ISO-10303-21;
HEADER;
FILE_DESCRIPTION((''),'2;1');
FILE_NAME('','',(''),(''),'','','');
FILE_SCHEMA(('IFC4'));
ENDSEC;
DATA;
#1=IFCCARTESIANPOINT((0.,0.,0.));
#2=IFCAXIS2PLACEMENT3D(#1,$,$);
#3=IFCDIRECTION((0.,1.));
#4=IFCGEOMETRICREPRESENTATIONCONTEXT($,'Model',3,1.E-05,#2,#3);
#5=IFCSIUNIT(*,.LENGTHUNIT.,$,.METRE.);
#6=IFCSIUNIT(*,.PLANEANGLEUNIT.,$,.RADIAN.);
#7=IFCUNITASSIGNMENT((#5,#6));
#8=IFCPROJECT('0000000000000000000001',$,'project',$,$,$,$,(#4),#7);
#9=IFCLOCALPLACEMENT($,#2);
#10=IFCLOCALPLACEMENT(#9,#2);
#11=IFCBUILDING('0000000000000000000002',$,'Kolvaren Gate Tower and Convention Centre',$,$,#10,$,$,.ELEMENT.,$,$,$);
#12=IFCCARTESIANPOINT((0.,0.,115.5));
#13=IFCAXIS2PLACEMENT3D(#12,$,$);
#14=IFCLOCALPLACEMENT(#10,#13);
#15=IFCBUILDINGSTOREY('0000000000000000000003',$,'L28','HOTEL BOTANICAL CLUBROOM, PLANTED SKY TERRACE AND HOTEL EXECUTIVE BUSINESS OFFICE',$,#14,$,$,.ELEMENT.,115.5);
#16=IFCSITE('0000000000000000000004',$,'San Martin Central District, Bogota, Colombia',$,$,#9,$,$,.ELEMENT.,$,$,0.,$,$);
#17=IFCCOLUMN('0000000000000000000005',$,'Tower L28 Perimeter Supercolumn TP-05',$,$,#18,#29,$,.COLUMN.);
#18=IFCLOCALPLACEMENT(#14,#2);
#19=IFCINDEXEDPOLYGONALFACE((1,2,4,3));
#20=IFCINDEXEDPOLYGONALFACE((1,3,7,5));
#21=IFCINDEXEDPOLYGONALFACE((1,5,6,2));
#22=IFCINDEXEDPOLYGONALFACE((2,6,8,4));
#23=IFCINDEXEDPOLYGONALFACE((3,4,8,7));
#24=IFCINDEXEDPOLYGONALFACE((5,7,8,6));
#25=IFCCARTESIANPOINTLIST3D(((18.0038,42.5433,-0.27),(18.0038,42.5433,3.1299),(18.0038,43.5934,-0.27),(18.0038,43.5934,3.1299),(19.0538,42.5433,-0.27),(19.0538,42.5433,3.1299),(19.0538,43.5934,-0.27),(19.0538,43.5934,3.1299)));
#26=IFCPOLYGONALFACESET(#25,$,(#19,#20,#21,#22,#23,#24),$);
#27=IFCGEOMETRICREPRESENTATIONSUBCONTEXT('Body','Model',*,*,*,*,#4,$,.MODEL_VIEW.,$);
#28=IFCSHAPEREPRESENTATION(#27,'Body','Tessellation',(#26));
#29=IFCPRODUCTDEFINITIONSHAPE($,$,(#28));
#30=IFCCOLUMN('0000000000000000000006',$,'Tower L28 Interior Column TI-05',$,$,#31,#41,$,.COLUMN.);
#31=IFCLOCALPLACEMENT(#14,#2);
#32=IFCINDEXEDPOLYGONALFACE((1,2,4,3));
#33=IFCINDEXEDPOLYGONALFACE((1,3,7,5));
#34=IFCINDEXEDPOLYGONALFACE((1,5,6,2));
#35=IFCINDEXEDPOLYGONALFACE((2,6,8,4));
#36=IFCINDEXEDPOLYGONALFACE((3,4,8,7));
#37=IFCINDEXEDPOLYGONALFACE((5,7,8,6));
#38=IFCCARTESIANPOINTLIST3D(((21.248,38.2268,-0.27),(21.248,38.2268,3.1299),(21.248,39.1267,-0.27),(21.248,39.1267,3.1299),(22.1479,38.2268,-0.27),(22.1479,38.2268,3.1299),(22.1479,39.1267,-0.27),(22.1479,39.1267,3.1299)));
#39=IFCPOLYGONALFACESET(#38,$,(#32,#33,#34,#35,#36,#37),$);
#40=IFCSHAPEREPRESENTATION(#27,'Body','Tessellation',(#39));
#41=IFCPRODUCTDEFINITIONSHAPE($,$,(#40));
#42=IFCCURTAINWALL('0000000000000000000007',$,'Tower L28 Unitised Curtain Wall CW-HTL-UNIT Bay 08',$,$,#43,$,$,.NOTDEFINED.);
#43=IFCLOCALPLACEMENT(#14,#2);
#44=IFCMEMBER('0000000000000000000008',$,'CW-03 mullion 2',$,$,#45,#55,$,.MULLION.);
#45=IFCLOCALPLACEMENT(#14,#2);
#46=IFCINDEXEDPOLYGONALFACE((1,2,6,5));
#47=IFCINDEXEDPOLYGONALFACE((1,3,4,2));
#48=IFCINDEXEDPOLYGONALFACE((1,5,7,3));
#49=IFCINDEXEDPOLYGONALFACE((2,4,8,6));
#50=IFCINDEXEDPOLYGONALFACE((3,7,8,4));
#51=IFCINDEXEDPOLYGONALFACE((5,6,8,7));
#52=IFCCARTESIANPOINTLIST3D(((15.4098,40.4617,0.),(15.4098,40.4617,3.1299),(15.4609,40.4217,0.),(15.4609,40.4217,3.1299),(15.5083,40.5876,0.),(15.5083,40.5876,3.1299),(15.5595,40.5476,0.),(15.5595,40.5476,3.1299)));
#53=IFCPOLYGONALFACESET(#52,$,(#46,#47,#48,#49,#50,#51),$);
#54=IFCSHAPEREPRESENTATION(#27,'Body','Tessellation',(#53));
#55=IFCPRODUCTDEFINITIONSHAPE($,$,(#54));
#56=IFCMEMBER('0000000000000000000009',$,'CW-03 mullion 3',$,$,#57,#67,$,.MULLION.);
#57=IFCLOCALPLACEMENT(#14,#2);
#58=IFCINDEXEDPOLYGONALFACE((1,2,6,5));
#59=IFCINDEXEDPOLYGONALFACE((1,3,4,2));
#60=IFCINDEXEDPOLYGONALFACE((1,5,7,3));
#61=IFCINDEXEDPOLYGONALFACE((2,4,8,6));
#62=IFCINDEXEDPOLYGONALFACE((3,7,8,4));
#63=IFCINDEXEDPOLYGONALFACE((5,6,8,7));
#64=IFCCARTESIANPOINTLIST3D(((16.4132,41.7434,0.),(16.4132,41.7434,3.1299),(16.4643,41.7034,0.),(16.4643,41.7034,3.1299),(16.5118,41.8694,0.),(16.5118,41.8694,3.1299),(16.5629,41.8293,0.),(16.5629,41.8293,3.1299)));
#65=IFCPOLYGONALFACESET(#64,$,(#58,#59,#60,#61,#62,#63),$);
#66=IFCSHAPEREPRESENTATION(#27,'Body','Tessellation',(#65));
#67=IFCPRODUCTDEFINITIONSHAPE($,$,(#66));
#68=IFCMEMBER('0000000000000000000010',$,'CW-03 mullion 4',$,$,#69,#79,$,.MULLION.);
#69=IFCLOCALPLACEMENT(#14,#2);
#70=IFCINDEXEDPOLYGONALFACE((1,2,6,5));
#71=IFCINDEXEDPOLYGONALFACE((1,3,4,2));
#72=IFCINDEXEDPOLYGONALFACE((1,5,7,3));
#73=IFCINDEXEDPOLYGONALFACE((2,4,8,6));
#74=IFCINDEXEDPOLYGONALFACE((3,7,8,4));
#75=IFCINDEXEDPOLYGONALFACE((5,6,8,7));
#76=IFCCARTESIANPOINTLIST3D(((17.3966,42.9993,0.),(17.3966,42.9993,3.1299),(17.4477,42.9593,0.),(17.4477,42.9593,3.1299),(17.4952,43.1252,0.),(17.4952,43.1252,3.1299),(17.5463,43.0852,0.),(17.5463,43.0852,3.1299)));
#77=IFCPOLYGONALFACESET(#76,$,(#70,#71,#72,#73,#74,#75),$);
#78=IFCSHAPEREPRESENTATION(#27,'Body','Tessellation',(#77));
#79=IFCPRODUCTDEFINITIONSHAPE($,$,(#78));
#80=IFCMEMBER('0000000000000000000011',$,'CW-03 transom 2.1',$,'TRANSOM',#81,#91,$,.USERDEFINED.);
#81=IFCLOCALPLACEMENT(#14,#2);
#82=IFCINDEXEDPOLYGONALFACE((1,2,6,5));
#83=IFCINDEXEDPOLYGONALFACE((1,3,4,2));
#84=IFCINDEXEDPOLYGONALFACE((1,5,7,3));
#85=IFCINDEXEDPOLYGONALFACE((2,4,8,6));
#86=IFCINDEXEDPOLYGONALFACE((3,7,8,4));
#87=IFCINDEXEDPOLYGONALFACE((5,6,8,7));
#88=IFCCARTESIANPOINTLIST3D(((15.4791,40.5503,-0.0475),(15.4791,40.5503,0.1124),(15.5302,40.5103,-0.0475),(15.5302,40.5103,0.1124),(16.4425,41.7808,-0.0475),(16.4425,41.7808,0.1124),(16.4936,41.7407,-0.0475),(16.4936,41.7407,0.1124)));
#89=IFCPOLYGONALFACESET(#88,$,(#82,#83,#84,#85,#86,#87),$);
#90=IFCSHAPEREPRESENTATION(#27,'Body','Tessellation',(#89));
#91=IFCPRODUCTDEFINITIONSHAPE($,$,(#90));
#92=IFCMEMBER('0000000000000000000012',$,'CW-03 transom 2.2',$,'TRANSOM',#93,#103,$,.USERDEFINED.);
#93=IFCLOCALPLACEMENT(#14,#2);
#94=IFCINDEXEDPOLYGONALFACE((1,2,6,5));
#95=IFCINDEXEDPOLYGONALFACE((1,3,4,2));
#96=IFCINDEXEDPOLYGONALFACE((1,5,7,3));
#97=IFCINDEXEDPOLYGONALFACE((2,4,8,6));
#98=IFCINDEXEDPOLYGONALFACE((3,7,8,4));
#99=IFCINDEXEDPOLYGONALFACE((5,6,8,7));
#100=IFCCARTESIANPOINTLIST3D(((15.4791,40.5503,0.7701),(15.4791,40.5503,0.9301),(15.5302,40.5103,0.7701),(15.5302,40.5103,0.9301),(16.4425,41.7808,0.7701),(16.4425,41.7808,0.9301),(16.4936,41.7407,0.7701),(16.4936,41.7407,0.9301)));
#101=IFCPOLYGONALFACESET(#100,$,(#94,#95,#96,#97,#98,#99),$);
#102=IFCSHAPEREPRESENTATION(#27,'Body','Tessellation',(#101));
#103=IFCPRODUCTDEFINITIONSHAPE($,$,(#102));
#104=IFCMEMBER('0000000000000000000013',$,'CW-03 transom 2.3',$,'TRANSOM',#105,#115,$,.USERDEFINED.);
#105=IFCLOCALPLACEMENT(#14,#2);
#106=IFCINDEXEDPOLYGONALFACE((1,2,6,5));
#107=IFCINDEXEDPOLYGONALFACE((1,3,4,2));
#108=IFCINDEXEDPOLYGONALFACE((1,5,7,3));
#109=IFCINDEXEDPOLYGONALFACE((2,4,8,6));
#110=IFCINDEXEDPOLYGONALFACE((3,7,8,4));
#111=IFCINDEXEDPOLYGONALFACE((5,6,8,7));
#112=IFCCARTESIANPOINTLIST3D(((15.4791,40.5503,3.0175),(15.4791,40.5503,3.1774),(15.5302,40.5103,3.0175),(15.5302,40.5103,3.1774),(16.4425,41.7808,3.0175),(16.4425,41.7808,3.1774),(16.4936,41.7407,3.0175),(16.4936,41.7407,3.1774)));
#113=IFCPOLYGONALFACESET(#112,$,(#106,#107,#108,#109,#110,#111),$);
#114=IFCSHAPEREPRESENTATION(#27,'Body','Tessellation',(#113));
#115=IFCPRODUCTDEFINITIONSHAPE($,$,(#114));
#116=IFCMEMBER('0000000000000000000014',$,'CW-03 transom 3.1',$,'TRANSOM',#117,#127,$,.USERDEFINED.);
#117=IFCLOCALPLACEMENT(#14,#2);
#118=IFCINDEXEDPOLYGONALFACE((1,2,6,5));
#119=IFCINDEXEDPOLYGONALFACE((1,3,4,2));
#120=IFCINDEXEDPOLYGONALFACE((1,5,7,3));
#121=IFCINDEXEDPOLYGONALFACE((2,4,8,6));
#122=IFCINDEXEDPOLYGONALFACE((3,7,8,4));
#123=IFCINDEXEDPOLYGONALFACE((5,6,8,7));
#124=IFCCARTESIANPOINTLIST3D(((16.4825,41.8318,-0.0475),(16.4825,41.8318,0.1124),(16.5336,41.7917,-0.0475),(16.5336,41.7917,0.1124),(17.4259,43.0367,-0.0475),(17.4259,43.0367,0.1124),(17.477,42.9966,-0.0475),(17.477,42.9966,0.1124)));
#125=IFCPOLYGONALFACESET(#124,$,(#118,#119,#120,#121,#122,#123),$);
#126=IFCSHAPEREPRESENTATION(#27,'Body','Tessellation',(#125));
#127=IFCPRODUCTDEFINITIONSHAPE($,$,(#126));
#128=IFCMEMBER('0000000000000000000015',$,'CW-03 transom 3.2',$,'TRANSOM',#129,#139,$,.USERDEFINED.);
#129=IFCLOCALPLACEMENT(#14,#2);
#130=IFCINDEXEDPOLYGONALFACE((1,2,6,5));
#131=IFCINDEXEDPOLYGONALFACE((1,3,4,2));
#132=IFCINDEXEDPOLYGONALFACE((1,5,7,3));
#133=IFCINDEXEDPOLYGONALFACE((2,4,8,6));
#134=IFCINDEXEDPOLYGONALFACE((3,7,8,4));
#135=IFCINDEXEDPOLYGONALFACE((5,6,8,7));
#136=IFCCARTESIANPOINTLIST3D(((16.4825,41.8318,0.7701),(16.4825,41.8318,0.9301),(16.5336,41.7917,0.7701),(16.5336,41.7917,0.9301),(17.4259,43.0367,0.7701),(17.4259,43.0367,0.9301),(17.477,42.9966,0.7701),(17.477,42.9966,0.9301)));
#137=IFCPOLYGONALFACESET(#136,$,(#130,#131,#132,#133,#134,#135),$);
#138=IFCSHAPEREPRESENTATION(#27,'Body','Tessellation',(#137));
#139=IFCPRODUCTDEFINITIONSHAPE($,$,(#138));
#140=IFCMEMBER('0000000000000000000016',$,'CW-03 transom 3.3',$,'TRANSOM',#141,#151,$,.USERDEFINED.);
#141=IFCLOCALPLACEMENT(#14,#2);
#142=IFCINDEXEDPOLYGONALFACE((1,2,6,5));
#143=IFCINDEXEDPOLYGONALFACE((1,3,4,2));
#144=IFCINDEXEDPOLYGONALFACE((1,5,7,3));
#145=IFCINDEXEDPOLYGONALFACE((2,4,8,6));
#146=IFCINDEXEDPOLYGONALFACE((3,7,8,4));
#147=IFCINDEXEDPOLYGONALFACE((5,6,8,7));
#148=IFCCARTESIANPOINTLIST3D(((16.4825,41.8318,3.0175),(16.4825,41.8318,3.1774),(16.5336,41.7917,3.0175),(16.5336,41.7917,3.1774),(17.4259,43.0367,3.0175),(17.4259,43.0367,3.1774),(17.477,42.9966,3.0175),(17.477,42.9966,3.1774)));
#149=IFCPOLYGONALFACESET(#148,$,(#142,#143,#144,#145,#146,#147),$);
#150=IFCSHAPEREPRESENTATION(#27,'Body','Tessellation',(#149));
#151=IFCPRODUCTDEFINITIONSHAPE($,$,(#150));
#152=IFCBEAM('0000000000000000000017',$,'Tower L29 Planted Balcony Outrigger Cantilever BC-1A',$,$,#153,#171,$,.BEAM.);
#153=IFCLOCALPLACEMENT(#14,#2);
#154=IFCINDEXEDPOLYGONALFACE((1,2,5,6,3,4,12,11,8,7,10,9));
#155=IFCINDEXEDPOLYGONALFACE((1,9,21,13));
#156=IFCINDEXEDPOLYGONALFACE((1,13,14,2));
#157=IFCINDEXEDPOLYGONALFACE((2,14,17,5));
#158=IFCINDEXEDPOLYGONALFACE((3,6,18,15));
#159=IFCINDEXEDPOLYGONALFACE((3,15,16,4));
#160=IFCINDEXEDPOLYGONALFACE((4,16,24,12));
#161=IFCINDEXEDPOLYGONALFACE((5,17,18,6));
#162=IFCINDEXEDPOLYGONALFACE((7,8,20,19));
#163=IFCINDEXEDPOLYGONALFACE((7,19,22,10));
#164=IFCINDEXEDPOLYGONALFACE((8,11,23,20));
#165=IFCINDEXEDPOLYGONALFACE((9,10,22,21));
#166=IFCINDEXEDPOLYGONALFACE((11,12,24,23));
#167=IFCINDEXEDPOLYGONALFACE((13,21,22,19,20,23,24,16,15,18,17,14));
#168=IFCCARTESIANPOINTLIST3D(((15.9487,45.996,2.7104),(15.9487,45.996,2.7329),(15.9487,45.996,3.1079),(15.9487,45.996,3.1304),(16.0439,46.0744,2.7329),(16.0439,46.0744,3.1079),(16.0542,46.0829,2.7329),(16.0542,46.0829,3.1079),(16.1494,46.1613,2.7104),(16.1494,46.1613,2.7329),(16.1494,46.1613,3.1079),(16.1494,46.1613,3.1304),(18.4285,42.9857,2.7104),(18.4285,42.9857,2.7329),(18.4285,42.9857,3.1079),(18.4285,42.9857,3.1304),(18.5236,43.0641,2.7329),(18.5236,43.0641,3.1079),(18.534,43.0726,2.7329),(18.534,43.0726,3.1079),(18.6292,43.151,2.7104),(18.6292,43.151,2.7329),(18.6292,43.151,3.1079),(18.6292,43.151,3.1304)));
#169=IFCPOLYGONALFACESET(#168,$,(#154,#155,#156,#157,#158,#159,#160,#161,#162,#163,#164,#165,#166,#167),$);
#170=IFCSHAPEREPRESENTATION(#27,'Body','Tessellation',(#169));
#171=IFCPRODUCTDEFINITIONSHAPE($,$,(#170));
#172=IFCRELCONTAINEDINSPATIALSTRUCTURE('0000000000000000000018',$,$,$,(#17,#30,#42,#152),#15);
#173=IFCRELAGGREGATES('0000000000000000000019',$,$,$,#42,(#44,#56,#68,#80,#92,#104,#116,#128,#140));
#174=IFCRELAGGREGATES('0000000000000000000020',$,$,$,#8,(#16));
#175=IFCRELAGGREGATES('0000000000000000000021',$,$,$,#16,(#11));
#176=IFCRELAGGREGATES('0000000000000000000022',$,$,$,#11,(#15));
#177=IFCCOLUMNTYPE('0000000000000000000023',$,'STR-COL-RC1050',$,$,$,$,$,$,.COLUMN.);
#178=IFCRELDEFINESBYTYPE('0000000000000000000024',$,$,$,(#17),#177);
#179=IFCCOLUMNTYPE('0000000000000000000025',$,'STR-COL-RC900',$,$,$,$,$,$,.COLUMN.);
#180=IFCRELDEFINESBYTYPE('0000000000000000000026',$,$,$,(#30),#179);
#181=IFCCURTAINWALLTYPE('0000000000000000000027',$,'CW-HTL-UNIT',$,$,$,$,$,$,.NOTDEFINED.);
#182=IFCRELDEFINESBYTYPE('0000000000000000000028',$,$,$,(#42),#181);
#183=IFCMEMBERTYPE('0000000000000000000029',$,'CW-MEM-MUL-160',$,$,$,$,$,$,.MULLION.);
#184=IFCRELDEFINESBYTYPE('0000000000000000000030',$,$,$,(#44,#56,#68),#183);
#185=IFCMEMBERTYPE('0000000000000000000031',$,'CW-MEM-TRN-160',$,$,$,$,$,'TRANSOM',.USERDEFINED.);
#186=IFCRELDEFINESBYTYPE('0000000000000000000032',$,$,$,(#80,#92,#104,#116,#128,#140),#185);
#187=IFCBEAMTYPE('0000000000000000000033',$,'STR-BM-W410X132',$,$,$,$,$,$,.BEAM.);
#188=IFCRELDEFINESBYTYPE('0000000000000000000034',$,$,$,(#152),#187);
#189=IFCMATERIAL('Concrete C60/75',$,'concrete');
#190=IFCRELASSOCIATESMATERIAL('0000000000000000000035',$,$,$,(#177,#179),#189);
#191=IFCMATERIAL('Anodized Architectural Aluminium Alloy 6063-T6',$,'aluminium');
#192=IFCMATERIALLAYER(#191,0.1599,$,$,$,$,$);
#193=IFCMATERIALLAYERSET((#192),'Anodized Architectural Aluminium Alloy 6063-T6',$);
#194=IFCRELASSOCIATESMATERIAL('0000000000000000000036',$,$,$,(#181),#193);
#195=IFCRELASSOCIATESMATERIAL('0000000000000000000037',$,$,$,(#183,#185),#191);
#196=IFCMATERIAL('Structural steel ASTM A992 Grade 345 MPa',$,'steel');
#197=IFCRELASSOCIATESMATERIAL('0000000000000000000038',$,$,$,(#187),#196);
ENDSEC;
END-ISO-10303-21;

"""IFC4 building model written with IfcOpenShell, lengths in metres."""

from ifc_helpers import new_model, si_unit, direction, frame, origin, origin_2d, place, context, subcontext, project, spatial, rectangle, i_section, extrude, material, layer, layer_set, material_profile, profile_set, type_object, element, aggregate, save


model = new_model("IFC4")

# Units and contexts
model_context = context("Model", 3, precision=1e-05, world=origin(), true_north=direction((0.0, 1.0)))
body_context = subcontext(model_context, "Body", "Model", "MODEL_VIEW")
ifc_project = project(units=[si_unit("LENGTHUNIT", "METRE"), si_unit("PLANEANGLEUNIT", "RADIAN")], contexts=[model_context])

# Site, building, storey
site_placement = place(None, origin())
site = spatial("IfcSite", under=ifc_project, at=site_placement, Name="San Martin Central District, Bogota, Colombia", CompositionType="ELEMENT", RefElevation=0.0)
building_placement = place(site_placement, origin())
building = spatial("IfcBuilding", under=site, at=building_placement, Name="Kolvaren Gate Tower and Convention Centre", CompositionType="ELEMENT")
storey_placement = place(building_placement, frame((0.0, 0.0, 115.5)))
storey = spatial("IfcBuildingStorey", under=building, at=storey_placement, Name="L28", Description="HOTEL BOTANICAL CLUBROOM, PLANTED SKY TERRACE AND HOTEL EXECUTIVE BUSINESS OFFICE", CompositionType="ELEMENT", Elevation=115.5)

# Columns
ifc_material_1 = material(Name="Concrete C60/75", Category="concrete")
ifc_material_profile_1 = material_profile(ifc_material_1, rectangle(XDim=1.05, YDim=1.05, at=origin_2d()), Name="RC-COL-1050X1050")
ifc_profile_set_1 = profile_set([ifc_material_profile_1], Name="Concrete C60/75")
column_type_1 = type_object("IfcColumnType", Name="STR-COL-RC1050", PredefinedType="COLUMN", material=ifc_profile_set_1)
column_1_placement = place(storey_placement, frame((18.5288, 43.0684, -0.27), z_axis=(0.0, 0.0, 1.0), x_axis=(1.0, 0.0, 0.0)))
element("IfcColumn", 1, at=column_1_placement, inside=storey, type_object=column_type_1, Name="Tower L28 Perimeter Supercolumn TP-05", PredefinedType="COLUMN", context=body_context, shape_type="SweptSolid", body=[
    extrude(rectangle(XDim=1.05, YDim=1.05, at=origin_2d()), origin(), (0.0, 0.0, 1.0), 3.3999),
])
ifc_material_profile_2 = material_profile(ifc_material_1, rectangle(XDim=0.8999, YDim=0.8999, at=origin_2d()), Name="RC-COL-900X900")
ifc_profile_set_2 = profile_set([ifc_material_profile_2], Name="Concrete C60/75")
column_type_2 = type_object("IfcColumnType", Name="STR-COL-RC900", PredefinedType="COLUMN", material=ifc_profile_set_2)
column_2_placement = place(storey_placement, frame((21.698, 38.6768, -0.27), z_axis=(0.0, 0.0, 1.0), x_axis=(1.0, 0.0, 0.0)))
element("IfcColumn", 2, at=column_2_placement, inside=storey, type_object=column_type_2, Name="Tower L28 Interior Column TI-05", PredefinedType="COLUMN", context=body_context, shape_type="SweptSolid", body=[
    extrude(rectangle(XDim=0.8999, YDim=0.8999, at=origin_2d()), origin(), (0.0, 0.0, 1.0), 3.3999),
])

# Curtain wall, members
ifc_material_2 = material(Name="Anodized Architectural Aluminium Alloy 6063-T6", Category="aluminium")
ifc_layer_1 = layer(ifc_material_2, 0.1599)
ifc_layer_set_1 = layer_set([ifc_layer_1], Name="Anodized Architectural Aluminium Alloy 6063-T6")
curtain_wall_type = type_object("IfcCurtainWallType", Name="CW-HTL-UNIT", PredefinedType="NOTDEFINED", material=ifc_layer_set_1)
curtain_wall_placement = place(storey_placement, origin())
curtain_wall = element("IfcCurtainWall", 3, at=curtain_wall_placement, inside=storey, type_object=curtain_wall_type, Name="Tower L28 Unitised Curtain Wall CW-HTL-UNIT Bay 08", PredefinedType="NOTDEFINED")
ifc_material_profile_3 = material_profile(ifc_material_2, rectangle(XDim=0.0649, YDim=0.1599, at=origin_2d()), Name="CW-MEM-MUL-160")
ifc_profile_set_3 = profile_set([ifc_material_profile_3], Name="Anodized Architectural Aluminium Alloy 6063-T6")
member_type_1 = type_object("IfcMemberType", Name="CW-MEM-MUL-160", PredefinedType="MULLION", material=ifc_profile_set_3)
member_1_placement = place(storey_placement, frame((15.4846, 40.5046, 0.0), z_axis=(0.0, 0.0, 1.0), x_axis=(-0.787401, 0.616441, 0.0)))
member_1 = element("IfcMember", 4, at=member_1_placement, type_object=member_type_1, Name="CW-03 mullion 2", PredefinedType="MULLION", context=body_context, shape_type="SweptSolid", body=[
    extrude(rectangle(XDim=0.0649, YDim=0.1599, at=origin_2d()), origin(), (0.0, 0.0, 1.0), 3.1299),
])
member_2_placement = place(storey_placement, frame((16.488, 41.7864, 0.0), z_axis=(0.0, 0.0, 1.0), x_axis=(-0.787401, 0.616441, 0.0)))
member_2 = element("IfcMember", 5, at=member_2_placement, type_object=member_type_1, Name="CW-03 mullion 3", PredefinedType="MULLION", context=body_context, shape_type="SweptSolid", body=[
    extrude(rectangle(XDim=0.0649, YDim=0.1599, at=origin_2d()), origin(), (0.0, 0.0, 1.0), 3.1299),
])
member_3_placement = place(storey_placement, frame((17.4714, 43.0422, 0.0), z_axis=(0.0, 0.0, 1.0), x_axis=(-0.787401, 0.616441, 0.0)))
member_3 = element("IfcMember", 6, at=member_3_placement, type_object=member_type_1, Name="CW-03 mullion 4", PredefinedType="MULLION", context=body_context, shape_type="SweptSolid", body=[
    extrude(rectangle(XDim=0.0649, YDim=0.1599, at=origin_2d()), origin(), (0.0, 0.0, 1.0), 3.1299),
])
ifc_material_profile_4 = material_profile(ifc_material_2, rectangle(XDim=0.0649, YDim=0.1599, at=origin_2d()), Name="CW-MEM-TRN-160")
ifc_profile_set_4 = profile_set([ifc_material_profile_4], Name="Anodized Architectural Aluminium Alloy 6063-T6")
member_type_2 = type_object("IfcMemberType", Name="CW-MEM-TRN-160", ElementType="TRANSOM", PredefinedType="USERDEFINED", material=ifc_profile_set_4)
member_4_placement = place(storey_placement, frame((15.5046, 40.5303, 0.0325), z_axis=(0.616468, 0.78738, 0.0), x_axis=(-0.78738, 0.616468, 0.0)))
member_4 = element("IfcMember", 7, at=member_4_placement, type_object=member_type_2, Name="CW-03 transom 2.1", ObjectType="TRANSOM", PredefinedType="USERDEFINED", context=body_context, shape_type="SweptSolid", body=[
    extrude(rectangle(XDim=0.0649, YDim=0.1599, at=origin_2d()), origin(), (0.0, 0.0, 1.0), 1.5627),
])
member_5_placement = place(storey_placement, frame((15.5046, 40.5303, 0.8501), z_axis=(0.616468, 0.78738, 0.0), x_axis=(-0.78738, 0.616468, 0.0)))
member_5 = element("IfcMember", 8, at=member_5_placement, type_object=member_type_2, Name="CW-03 transom 2.2", ObjectType="TRANSOM", PredefinedType="USERDEFINED", context=body_context, shape_type="SweptSolid", body=[
    extrude(rectangle(XDim=0.0649, YDim=0.1599, at=origin_2d()), origin(), (0.0, 0.0, 1.0), 1.5627),
])
member_6_placement = place(storey_placement, frame((15.5046, 40.5303, 3.0974), z_axis=(0.616468, 0.78738, 0.0), x_axis=(-0.78738, 0.616468, 0.0)))
member_6 = element("IfcMember", 9, at=member_6_placement, type_object=member_type_2, Name="CW-03 transom 2.3", ObjectType="TRANSOM", PredefinedType="USERDEFINED", context=body_context, shape_type="SweptSolid", body=[
    extrude(rectangle(XDim=0.0649, YDim=0.1599, at=origin_2d()), origin(), (0.0, 0.0, 1.0), 1.5627),
])
member_7_placement = place(storey_placement, frame((16.5081, 41.8118, 0.0325), z_axis=(0.616489, 0.787364, 0.0), x_axis=(-0.787364, 0.616489, 0.0)))
member_7 = element("IfcMember", 10, at=member_7_placement, type_object=member_type_2, Name="CW-03 transom 3.1", ObjectType="TRANSOM", PredefinedType="USERDEFINED", context=body_context, shape_type="SweptSolid", body=[
    extrude(rectangle(XDim=0.0649, YDim=0.1599, at=origin_2d()), origin(), (0.0, 0.0, 1.0), 1.5303),
])
member_8_placement = place(storey_placement, frame((16.5081, 41.8118, 0.8501), z_axis=(0.616489, 0.787364, 0.0), x_axis=(-0.787364, 0.616489, 0.0)))
member_8 = element("IfcMember", 11, at=member_8_placement, type_object=member_type_2, Name="CW-03 transom 3.2", ObjectType="TRANSOM", PredefinedType="USERDEFINED", context=body_context, shape_type="SweptSolid", body=[
    extrude(rectangle(XDim=0.0649, YDim=0.1599, at=origin_2d()), origin(), (0.0, 0.0, 1.0), 1.5303),
])
member_9_placement = place(storey_placement, frame((16.5081, 41.8118, 3.0974), z_axis=(0.616489, 0.787364, 0.0), x_axis=(-0.787364, 0.616489, 0.0)))
member_9 = element("IfcMember", 12, at=member_9_placement, type_object=member_type_2, Name="CW-03 transom 3.3", ObjectType="TRANSOM", PredefinedType="USERDEFINED", context=body_context, shape_type="SweptSolid", body=[
    extrude(rectangle(XDim=0.0649, YDim=0.1599, at=origin_2d()), origin(), (0.0, 0.0, 1.0), 1.5303),
])

# Beam
ifc_material_3 = material(Name="Structural steel ASTM A992 Grade 345 MPa", Category="steel")
ifc_material_profile_5 = material_profile(ifc_material_3, i_section(OverallWidth=0.26, OverallDepth=0.4199, WebThickness=0.0134, FlangeThickness=0.0225, at=origin_2d()), Name="W410X132")
ifc_profile_set_5 = profile_set([ifc_material_profile_5], Name="Structural steel ASTM A992 Grade 345 MPa")
beam_type_1 = type_object("IfcBeamType", Name="STR-BM-W410X132", PredefinedType="BEAM", material=ifc_profile_set_5)
beam_1_placement = place(storey_placement, frame((18.5288, 43.0684, 2.9204), z_axis=(-0.635815, 0.771842, 0.0), x_axis=(-0.771842, -0.635815, 0.0)))
element("IfcBeam", 13, at=beam_1_placement, inside=storey, type_object=beam_type_1, Name="Tower L29 Planted Balcony Outrigger Cantilever BC-1A", PredefinedType="BEAM", context=body_context, shape_type="SweptSolid", body=[
    extrude(i_section(OverallWidth=0.26, OverallDepth=0.4199, WebThickness=0.0134, FlangeThickness=0.0225, at=origin_2d()), origin(), (0.0, 0.0, 1.0), 3.9001),
])

aggregate(curtain_wall, [member_1, member_2, member_3, member_4, member_5, member_6, member_7, member_8, member_9])

save(model, "model.ifc")
